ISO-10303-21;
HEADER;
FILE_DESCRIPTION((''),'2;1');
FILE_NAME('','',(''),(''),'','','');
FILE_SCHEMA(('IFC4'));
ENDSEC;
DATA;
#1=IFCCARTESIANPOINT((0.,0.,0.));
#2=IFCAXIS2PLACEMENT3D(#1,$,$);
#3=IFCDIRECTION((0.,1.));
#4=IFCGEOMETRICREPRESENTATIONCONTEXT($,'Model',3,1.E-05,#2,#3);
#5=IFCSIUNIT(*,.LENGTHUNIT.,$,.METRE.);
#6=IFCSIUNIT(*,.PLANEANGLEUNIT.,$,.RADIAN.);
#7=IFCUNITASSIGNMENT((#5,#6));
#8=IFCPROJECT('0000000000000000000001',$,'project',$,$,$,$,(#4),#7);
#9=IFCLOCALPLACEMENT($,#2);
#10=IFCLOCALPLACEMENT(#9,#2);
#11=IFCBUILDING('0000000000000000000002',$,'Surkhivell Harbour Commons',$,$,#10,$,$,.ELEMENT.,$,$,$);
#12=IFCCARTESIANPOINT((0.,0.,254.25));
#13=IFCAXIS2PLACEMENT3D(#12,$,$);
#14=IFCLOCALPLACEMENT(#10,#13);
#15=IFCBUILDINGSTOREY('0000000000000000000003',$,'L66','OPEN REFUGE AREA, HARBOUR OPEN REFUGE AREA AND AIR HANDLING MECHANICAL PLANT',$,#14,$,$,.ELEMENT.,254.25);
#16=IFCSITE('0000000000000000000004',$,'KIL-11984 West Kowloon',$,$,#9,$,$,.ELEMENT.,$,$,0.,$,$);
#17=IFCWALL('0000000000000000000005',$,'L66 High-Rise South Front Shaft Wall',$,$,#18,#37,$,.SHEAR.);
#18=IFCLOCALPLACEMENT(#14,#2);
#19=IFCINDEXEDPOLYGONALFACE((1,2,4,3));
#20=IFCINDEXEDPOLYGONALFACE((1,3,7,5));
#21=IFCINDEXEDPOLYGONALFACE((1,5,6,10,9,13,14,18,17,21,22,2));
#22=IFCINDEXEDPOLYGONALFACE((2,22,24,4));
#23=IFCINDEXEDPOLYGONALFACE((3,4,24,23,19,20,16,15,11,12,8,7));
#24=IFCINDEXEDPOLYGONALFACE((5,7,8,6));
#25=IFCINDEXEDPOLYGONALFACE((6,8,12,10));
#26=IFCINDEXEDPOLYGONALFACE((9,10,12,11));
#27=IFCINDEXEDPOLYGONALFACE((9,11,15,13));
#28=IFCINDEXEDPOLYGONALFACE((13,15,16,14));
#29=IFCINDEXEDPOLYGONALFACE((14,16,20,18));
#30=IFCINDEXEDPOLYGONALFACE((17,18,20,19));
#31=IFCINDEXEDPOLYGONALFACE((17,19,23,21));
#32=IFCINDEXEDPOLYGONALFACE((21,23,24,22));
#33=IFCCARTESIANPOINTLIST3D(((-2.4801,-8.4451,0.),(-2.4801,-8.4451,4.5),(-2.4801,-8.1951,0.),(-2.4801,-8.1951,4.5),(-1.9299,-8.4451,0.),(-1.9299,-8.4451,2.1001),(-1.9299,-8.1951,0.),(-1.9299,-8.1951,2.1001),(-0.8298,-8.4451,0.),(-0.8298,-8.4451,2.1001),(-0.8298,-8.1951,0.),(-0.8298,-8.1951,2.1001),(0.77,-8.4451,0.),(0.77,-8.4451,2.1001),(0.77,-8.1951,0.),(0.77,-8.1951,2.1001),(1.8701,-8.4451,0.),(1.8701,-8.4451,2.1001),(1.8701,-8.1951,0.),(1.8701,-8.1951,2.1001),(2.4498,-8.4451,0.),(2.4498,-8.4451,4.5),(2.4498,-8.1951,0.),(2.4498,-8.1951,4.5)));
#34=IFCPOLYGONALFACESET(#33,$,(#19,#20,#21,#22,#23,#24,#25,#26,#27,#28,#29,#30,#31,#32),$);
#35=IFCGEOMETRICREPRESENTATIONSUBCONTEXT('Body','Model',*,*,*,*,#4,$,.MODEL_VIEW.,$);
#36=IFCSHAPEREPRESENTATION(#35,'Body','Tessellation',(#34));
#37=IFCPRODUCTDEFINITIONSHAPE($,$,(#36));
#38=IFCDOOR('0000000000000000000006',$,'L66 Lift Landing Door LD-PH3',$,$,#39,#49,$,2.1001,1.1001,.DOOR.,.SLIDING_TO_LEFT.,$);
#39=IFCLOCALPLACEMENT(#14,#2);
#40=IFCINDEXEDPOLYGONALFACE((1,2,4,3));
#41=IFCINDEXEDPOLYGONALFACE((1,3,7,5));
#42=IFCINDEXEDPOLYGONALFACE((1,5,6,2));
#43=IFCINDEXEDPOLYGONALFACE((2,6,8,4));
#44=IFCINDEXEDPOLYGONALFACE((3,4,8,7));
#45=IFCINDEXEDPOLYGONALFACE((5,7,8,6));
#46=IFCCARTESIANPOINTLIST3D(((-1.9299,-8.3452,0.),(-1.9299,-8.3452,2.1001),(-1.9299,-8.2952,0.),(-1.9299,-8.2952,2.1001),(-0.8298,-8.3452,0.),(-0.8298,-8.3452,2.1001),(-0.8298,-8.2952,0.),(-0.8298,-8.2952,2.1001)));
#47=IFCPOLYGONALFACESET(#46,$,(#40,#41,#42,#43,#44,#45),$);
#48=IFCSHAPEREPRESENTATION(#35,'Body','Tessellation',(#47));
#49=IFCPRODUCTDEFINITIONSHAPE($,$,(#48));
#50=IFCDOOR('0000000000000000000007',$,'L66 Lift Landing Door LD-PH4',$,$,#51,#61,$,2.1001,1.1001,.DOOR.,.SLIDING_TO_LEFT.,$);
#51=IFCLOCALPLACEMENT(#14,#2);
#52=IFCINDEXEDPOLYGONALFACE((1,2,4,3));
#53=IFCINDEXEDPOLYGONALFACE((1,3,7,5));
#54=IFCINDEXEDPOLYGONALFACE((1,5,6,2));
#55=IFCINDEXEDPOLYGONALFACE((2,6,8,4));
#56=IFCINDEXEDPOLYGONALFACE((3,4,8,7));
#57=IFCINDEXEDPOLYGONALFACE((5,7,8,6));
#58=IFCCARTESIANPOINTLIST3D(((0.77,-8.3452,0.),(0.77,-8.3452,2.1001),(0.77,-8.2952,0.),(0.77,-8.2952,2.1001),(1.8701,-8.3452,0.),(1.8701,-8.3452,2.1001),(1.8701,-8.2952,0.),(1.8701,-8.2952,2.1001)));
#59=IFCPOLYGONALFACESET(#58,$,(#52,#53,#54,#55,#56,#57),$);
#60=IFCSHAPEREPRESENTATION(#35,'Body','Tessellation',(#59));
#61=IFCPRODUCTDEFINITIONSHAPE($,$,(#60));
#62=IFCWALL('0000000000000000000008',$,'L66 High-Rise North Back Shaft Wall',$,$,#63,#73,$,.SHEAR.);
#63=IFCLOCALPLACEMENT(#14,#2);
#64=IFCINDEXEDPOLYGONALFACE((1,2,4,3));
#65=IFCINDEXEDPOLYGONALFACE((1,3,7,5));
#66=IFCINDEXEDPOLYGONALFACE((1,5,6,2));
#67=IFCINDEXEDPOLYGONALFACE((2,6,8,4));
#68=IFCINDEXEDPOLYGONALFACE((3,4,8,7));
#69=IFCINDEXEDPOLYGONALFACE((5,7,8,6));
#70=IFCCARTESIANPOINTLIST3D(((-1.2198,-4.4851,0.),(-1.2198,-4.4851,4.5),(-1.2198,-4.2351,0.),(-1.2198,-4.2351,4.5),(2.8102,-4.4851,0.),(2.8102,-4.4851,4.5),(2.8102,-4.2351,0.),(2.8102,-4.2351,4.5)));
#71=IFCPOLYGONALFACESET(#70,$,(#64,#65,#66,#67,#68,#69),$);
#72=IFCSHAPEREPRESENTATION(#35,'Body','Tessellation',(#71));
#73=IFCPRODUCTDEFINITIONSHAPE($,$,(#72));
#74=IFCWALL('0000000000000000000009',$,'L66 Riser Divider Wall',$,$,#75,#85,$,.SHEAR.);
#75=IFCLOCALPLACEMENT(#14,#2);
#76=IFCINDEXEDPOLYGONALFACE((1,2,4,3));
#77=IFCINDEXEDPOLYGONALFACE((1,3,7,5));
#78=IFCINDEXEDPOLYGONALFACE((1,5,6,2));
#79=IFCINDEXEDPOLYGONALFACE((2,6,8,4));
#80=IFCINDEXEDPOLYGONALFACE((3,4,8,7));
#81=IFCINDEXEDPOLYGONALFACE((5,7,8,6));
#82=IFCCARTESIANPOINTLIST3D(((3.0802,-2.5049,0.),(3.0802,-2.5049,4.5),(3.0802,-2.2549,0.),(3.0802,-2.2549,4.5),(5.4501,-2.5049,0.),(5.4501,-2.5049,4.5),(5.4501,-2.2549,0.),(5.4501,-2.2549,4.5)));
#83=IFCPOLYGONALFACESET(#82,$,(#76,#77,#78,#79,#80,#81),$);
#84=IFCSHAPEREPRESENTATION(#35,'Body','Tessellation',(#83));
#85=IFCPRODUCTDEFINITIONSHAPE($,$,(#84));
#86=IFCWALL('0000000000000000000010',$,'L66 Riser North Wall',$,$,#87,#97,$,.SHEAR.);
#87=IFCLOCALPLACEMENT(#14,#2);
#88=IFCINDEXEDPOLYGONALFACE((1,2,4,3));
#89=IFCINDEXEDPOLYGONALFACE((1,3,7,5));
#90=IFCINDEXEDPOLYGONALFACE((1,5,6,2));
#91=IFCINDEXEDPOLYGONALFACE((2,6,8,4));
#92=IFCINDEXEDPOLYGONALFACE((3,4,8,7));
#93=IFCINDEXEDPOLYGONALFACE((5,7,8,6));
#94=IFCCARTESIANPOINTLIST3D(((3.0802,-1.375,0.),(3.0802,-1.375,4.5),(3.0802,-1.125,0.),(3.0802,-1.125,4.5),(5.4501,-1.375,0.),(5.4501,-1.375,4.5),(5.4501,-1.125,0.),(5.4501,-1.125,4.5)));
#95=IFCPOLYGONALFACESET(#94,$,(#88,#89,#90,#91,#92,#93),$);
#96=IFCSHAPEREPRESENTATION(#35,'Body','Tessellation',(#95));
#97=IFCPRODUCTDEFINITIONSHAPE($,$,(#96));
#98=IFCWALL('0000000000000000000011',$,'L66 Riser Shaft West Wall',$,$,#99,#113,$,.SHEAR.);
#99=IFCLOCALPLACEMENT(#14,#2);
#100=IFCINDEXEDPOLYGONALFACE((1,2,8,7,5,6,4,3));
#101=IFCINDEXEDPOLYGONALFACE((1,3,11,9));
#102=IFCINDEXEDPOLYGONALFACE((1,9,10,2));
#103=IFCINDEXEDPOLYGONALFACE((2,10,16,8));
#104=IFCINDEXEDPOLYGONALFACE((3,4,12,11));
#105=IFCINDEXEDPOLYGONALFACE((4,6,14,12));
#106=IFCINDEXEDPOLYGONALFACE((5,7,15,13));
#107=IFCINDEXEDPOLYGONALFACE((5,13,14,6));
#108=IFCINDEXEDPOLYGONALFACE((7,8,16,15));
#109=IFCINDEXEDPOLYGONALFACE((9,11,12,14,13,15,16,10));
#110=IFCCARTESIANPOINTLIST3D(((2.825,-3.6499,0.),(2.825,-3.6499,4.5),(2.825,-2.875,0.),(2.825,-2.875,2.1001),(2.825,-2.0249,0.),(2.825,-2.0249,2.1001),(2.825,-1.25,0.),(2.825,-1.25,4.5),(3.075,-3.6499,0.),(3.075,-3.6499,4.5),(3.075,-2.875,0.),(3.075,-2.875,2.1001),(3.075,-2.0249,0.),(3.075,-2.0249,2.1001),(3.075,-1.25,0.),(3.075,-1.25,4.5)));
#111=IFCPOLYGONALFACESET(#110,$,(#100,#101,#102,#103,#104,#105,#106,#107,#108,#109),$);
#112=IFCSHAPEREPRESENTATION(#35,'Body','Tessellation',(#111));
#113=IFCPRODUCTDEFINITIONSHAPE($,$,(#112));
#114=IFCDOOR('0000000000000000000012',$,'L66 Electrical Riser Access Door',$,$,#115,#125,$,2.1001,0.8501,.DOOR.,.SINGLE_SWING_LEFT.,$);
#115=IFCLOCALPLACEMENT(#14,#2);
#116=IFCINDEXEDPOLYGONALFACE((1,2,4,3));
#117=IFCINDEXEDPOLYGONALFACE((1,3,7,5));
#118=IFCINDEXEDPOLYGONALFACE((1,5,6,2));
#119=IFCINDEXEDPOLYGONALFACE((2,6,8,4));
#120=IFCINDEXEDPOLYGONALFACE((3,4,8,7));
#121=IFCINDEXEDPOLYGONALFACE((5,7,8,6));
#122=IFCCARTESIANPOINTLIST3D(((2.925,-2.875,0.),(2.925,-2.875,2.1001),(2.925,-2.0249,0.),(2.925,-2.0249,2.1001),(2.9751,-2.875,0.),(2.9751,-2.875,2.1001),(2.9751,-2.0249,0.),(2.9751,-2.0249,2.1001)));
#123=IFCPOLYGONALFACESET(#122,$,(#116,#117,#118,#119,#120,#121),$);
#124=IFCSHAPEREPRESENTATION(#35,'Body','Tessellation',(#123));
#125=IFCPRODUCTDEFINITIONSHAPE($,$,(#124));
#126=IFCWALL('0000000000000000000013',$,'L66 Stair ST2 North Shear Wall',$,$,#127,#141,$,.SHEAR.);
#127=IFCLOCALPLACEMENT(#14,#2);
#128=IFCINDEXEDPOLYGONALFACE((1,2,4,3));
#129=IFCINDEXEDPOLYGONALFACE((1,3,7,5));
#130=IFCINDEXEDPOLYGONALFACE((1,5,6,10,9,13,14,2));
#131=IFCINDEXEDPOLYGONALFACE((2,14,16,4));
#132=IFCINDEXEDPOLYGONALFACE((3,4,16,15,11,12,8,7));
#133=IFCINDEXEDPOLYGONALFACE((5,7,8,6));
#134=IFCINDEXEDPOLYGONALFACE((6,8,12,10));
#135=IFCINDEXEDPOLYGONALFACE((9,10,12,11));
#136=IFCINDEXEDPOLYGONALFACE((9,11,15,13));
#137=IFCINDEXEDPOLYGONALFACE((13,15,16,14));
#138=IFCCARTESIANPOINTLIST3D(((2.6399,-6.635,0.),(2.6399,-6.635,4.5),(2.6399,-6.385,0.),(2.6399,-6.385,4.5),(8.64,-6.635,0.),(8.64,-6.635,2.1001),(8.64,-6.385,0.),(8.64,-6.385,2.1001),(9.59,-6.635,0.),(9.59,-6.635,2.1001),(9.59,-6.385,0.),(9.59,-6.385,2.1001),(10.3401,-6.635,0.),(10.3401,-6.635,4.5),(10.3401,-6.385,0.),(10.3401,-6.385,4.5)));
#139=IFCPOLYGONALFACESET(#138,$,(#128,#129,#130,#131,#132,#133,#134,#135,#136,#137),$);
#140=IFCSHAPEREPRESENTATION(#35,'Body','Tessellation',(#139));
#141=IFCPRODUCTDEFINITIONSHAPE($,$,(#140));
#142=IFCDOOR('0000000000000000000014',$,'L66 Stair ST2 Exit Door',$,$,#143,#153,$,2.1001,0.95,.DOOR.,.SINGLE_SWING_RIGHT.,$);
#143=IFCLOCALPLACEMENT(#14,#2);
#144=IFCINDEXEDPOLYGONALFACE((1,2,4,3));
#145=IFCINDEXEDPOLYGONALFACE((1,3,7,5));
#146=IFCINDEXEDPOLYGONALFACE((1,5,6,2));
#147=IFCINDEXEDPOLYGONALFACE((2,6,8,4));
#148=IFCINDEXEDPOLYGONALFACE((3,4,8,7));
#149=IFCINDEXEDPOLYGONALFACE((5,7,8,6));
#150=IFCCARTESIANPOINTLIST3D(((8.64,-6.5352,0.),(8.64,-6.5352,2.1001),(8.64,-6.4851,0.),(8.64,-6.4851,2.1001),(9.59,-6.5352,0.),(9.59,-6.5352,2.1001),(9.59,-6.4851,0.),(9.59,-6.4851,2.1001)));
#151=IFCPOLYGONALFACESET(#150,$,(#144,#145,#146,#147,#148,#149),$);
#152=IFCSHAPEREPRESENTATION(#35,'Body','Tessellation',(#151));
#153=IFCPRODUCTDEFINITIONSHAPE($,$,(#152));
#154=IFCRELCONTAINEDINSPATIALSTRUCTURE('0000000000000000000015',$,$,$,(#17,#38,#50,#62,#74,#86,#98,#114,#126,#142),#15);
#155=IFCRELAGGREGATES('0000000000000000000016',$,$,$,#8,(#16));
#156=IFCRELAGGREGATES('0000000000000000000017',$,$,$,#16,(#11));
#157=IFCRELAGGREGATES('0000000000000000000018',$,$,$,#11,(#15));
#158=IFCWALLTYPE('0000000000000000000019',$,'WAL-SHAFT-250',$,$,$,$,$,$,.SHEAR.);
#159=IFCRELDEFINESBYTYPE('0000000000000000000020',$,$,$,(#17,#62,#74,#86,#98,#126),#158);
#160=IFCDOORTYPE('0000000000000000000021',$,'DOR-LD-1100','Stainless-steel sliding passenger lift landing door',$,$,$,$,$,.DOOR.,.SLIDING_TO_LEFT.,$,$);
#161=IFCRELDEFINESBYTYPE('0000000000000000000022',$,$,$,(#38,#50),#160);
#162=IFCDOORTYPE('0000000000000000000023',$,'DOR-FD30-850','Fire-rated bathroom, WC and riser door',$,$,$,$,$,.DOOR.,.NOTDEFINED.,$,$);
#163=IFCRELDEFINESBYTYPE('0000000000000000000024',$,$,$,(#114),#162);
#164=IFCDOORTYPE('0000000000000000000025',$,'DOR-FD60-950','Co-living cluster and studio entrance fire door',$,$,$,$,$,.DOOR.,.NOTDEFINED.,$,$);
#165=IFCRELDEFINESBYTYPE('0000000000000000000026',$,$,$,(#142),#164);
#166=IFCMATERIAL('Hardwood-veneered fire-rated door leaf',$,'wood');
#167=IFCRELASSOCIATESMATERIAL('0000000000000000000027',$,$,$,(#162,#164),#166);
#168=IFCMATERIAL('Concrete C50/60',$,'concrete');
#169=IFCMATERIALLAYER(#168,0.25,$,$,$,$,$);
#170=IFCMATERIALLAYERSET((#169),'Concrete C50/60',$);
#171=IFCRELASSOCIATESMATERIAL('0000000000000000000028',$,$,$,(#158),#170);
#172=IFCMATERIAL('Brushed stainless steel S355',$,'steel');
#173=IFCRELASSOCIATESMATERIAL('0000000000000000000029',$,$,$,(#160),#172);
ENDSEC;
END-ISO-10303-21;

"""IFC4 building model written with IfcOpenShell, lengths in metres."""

from ifc_helpers import new_model, si_unit, direction, frame, frame_2d, origin, place, context, subcontext, project, spatial, rectangle, extrude, material, layer, layer_set, type_object, element, fill, save


model = new_model("IFC4")

# Units and contexts
model_context = context("Model", 3, precision=1e-05, world=origin(), true_north=direction((0.0, 1.0)))
body_context = subcontext(model_context, "Body", "Model", "MODEL_VIEW")
ifc_project = project(units=[si_unit("LENGTHUNIT", "METRE"), si_unit("PLANEANGLEUNIT", "RADIAN")], contexts=[model_context])

# Site, building, storey
site_placement = place(None, origin())
site = spatial("IfcSite", under=ifc_project, at=site_placement, Name="KIL-11984 West Kowloon", CompositionType="ELEMENT", RefElevation=0.0)
building_placement = place(site_placement, origin())
building = spatial("IfcBuilding", under=site, at=building_placement, Name="Surkhivell Harbour Commons", CompositionType="ELEMENT")
storey_placement = place(building_placement, frame((0.0, 0.0, 254.25)))
storey = spatial("IfcBuildingStorey", under=building, at=storey_placement, Name="L66", Description="OPEN REFUGE AREA, HARBOUR OPEN REFUGE AREA AND AIR HANDLING MECHANICAL PLANT", CompositionType="ELEMENT", Elevation=254.25)

# Shared definitions
ifc_material_1 = material(Name="Concrete C50/60", Category="concrete")

# Shared definitions
ifc_material_2 = material(Name="Hardwood-veneered fire-rated door leaf", Category="wood")
door_type_1 = type_object("IfcDoorType", Name="DOR-FD30-850", Description="Fire-rated bathroom, WC and riser door", OperationType="NOTDEFINED", PredefinedType="DOOR", material=ifc_material_2)

# Shared definitions
ifc_layer_1 = layer(ifc_material_1, 0.25)
ifc_layer_set_1 = layer_set([ifc_layer_1], Name="Concrete C50/60")
wall_type_1 = type_object("IfcWallType", Name="WAL-SHAFT-250", PredefinedType="SHEAR", material=ifc_layer_set_1)

# Wall, openings, doors
ifc_material_3 = material(Name="Brushed stainless steel S355", Category="steel")
door_type_2 = type_object("IfcDoorType", Name="DOR-LD-1100", Description="Stainless-steel sliding passenger lift landing door", OperationType="SLIDING_TO_LEFT", PredefinedType="DOOR", material=ifc_material_3)
wall_1_placement = place(storey_placement, frame((-2.48, -8.3201, 0.0), z_axis=(0.0, 0.0, 1.0), x_axis=(1.0, 0.0, 0.0)))
wall_1 = element("IfcWall", 1, at=wall_1_placement, inside=storey, type_object=wall_type_1, Name="L66 High-Rise South Front Shaft Wall", PredefinedType="SHEAR", context=body_context, shape_type="SweptSolid", body=[
    extrude(rectangle(XDim=4.9299, YDim=0.25, at=frame_2d((2.4648, 0.0))), origin(), (0.0, 0.0, 1.0), 4.5),
])
opening_1_placement = place(wall_1_placement, frame((0.55, 0.0, 0.0)))
opening_1 = element("IfcOpeningElement", 2, at=opening_1_placement, cuts=wall_1, PredefinedType="OPENING", context=body_context, shape_type="SweptSolid", body=[
    extrude(rectangle(XDim=1.1001, YDim=2.1001, at=frame_2d((0.55, 1.05))), frame((0.0, 0.135, 0.0), z_axis=(0.0, -1.0, 0.0), x_axis=(1.0, 0.0, 0.0)), (0.0, 0.0, 1.0), 0.27),
])
opening_2_placement = place(wall_1_placement, frame((3.25, 0.0, 0.0)))
opening_2 = element("IfcOpeningElement", 3, at=opening_2_placement, cuts=wall_1, PredefinedType="OPENING", context=body_context, shape_type="SweptSolid", body=[
    extrude(rectangle(XDim=1.1001, YDim=2.1001, at=frame_2d((0.55, 1.05))), frame((0.0, 0.135, 0.0), z_axis=(0.0, -1.0, 0.0), x_axis=(1.0, 0.0, 0.0)), (0.0, 0.0, 1.0), 0.27),
])
door_1_placement = place(opening_1_placement, origin())
door_1 = element("IfcDoor", 4, at=door_1_placement, inside=storey, type_object=door_type_2, Name="L66 Lift Landing Door LD-PH3", OperationType="SLIDING_TO_LEFT", OverallHeight=2.1001, OverallWidth=1.1001, PredefinedType="DOOR", context=body_context, shape_type="SweptSolid", body=[
    extrude(rectangle(XDim=1.1001, YDim=2.1001, at=frame_2d((0.55, 1.05))), frame((0.0, 0.0249, 0.0), z_axis=(0.0, -1.0, 0.0), x_axis=(1.0, 0.0, 0.0)), (0.0, 0.0, 1.0), 0.05),
])
fill(opening_1, door_1)
door_2_placement = place(opening_2_placement, origin())
door_2 = element("IfcDoor", 5, at=door_2_placement, inside=storey, type_object=door_type_2, Name="L66 Lift Landing Door LD-PH4", OperationType="SLIDING_TO_LEFT", OverallHeight=2.1001, OverallWidth=1.1001, PredefinedType="DOOR", context=body_context, shape_type="SweptSolid", body=[
    extrude(rectangle(XDim=1.1001, YDim=2.1001, at=frame_2d((0.55, 1.05))), frame((0.0, 0.0249, 0.0), z_axis=(0.0, -1.0, 0.0), x_axis=(1.0, 0.0, 0.0)), (0.0, 0.0, 1.0), 0.05),
])
fill(opening_2, door_2)

# Walls
wall_2_placement = place(storey_placement, frame((-1.22, -4.3601, 0.0), z_axis=(0.0, 0.0, 1.0), x_axis=(1.0, 0.0, 0.0)))
element("IfcWall", 6, at=wall_2_placement, inside=storey, type_object=wall_type_1, Name="L66 High-Rise North Back Shaft Wall", PredefinedType="SHEAR", context=body_context, shape_type="SweptSolid", body=[
    extrude(rectangle(XDim=4.03, YDim=0.25, at=frame_2d((2.0151, 0.0))), origin(), (0.0, 0.0, 1.0), 4.5),
])
for number, where, z_axis, x_axis, name in (
    (7, (3.0801, -2.3799, 0.0), (0.0, 0.0, 1.0), (1.0, 0.0, 0.0), "L66 Riser Divider Wall"),
    (8, (3.0801, -1.25, 0.0), (0.0, 0.0, 1.0), (1.0, 0.0, 0.0), "L66 Riser North Wall"),
):
    element("IfcWall", number, at=place(storey_placement, frame(where, z_axis=z_axis, x_axis=x_axis)), inside=storey, type_object=wall_type_1, Name=name, PredefinedType="SHEAR", context=body_context, shape_type="SweptSolid", body=[
        extrude(rectangle(XDim=2.3699, YDim=0.25, at=frame_2d((1.1851, 0.0))), origin(), (0.0, 0.0, 1.0), 4.5),
    ])

# Walls, openings, doors
wall_3_placement = place(storey_placement, frame((2.95, -3.6499, 0.0), z_axis=(0.0, 0.0, 1.0), x_axis=(0.0, 1.0, 0.0)))
wall_3 = element("IfcWall", 9, at=wall_3_placement, inside=storey, type_object=wall_type_1, Name="L66 Riser Shaft West Wall", PredefinedType="SHEAR", context=body_context, shape_type="SweptSolid", body=[
    extrude(rectangle(XDim=2.3999, YDim=0.25, at=frame_2d((1.2, 0.0))), origin(), (0.0, 0.0, 1.0), 4.5),
])
opening_3_placement = place(wall_3_placement, frame((0.7749, 0.0, 0.0)))
opening_3 = element("IfcOpeningElement", 10, at=opening_3_placement, cuts=wall_3, PredefinedType="OPENING", context=body_context, shape_type="SweptSolid", body=[
    extrude(rectangle(XDim=0.8501, YDim=2.1001, at=frame_2d((0.425, 1.05))), frame((0.0, 0.135, 0.0), z_axis=(0.0, -1.0, 0.0), x_axis=(1.0, 0.0, 0.0)), (0.0, 0.0, 1.0), 0.27),
])
door_3_placement = place(opening_3_placement, origin())
door_3 = element("IfcDoor", 11, at=door_3_placement, inside=storey, type_object=door_type_1, Name="L66 Electrical Riser Access Door", OperationType="SINGLE_SWING_LEFT", OverallHeight=2.1001, OverallWidth=0.8501, PredefinedType="DOOR", context=body_context, shape_type="SweptSolid", body=[
    extrude(rectangle(XDim=0.8501, YDim=2.1001, at=frame_2d((0.425, 1.05))), frame((0.0, 0.0249, 0.0), z_axis=(0.0, -1.0, 0.0), x_axis=(1.0, 0.0, 0.0)), (0.0, 0.0, 1.0), 0.05),
])
fill(opening_3, door_3)
wall_4_placement = place(storey_placement, frame((2.6399, -6.51, 0.0), z_axis=(0.0, 0.0, 1.0), x_axis=(1.0, 0.0, 0.0)))
wall_4 = element("IfcWall", 12, at=wall_4_placement, inside=storey, type_object=wall_type_1, Name="L66 Stair ST2 North Shear Wall", PredefinedType="SHEAR", context=body_context, shape_type="SweptSolid", body=[
    extrude(rectangle(XDim=7.7002, YDim=0.25, at=frame_2d((3.8501, 0.0))), origin(), (0.0, 0.0, 1.0), 4.5),
])
opening_4_placement = place(wall_4_placement, frame((6.0, 0.0, 0.0)))
opening_4 = element("IfcOpeningElement", 13, at=opening_4_placement, cuts=wall_4, PredefinedType="OPENING", context=body_context, shape_type="SweptSolid", body=[
    extrude(rectangle(XDim=0.95, YDim=2.1001, at=frame_2d((0.4751, 1.05))), frame((0.0, 0.135, 0.0), z_axis=(0.0, -1.0, 0.0), x_axis=(1.0, 0.0, 0.0)), (0.0, 0.0, 1.0), 0.27),
])
door_type_3 = type_object("IfcDoorType", Name="DOR-FD60-950", Description="Co-living cluster and studio entrance fire door", OperationType="NOTDEFINED", PredefinedType="DOOR", material=ifc_material_2)
door_4_placement = place(opening_4_placement, origin())
door_4 = element("IfcDoor", 14, at=door_4_placement, inside=storey, type_object=door_type_3, Name="L66 Stair ST2 Exit Door", OperationType="SINGLE_SWING_RIGHT", OverallHeight=2.1001, OverallWidth=0.95, PredefinedType="DOOR", context=body_context, shape_type="SweptSolid", body=[
    extrude(rectangle(XDim=0.95, YDim=2.1001, at=frame_2d((0.4751, 1.05))), frame((0.0, 0.0249, 0.0), z_axis=(0.0, -1.0, 0.0), x_axis=(1.0, 0.0, 0.0)), (0.0, 0.0, 1.0), 0.05),
])
fill(opening_4, door_4)

save(model, "model.ifc")
